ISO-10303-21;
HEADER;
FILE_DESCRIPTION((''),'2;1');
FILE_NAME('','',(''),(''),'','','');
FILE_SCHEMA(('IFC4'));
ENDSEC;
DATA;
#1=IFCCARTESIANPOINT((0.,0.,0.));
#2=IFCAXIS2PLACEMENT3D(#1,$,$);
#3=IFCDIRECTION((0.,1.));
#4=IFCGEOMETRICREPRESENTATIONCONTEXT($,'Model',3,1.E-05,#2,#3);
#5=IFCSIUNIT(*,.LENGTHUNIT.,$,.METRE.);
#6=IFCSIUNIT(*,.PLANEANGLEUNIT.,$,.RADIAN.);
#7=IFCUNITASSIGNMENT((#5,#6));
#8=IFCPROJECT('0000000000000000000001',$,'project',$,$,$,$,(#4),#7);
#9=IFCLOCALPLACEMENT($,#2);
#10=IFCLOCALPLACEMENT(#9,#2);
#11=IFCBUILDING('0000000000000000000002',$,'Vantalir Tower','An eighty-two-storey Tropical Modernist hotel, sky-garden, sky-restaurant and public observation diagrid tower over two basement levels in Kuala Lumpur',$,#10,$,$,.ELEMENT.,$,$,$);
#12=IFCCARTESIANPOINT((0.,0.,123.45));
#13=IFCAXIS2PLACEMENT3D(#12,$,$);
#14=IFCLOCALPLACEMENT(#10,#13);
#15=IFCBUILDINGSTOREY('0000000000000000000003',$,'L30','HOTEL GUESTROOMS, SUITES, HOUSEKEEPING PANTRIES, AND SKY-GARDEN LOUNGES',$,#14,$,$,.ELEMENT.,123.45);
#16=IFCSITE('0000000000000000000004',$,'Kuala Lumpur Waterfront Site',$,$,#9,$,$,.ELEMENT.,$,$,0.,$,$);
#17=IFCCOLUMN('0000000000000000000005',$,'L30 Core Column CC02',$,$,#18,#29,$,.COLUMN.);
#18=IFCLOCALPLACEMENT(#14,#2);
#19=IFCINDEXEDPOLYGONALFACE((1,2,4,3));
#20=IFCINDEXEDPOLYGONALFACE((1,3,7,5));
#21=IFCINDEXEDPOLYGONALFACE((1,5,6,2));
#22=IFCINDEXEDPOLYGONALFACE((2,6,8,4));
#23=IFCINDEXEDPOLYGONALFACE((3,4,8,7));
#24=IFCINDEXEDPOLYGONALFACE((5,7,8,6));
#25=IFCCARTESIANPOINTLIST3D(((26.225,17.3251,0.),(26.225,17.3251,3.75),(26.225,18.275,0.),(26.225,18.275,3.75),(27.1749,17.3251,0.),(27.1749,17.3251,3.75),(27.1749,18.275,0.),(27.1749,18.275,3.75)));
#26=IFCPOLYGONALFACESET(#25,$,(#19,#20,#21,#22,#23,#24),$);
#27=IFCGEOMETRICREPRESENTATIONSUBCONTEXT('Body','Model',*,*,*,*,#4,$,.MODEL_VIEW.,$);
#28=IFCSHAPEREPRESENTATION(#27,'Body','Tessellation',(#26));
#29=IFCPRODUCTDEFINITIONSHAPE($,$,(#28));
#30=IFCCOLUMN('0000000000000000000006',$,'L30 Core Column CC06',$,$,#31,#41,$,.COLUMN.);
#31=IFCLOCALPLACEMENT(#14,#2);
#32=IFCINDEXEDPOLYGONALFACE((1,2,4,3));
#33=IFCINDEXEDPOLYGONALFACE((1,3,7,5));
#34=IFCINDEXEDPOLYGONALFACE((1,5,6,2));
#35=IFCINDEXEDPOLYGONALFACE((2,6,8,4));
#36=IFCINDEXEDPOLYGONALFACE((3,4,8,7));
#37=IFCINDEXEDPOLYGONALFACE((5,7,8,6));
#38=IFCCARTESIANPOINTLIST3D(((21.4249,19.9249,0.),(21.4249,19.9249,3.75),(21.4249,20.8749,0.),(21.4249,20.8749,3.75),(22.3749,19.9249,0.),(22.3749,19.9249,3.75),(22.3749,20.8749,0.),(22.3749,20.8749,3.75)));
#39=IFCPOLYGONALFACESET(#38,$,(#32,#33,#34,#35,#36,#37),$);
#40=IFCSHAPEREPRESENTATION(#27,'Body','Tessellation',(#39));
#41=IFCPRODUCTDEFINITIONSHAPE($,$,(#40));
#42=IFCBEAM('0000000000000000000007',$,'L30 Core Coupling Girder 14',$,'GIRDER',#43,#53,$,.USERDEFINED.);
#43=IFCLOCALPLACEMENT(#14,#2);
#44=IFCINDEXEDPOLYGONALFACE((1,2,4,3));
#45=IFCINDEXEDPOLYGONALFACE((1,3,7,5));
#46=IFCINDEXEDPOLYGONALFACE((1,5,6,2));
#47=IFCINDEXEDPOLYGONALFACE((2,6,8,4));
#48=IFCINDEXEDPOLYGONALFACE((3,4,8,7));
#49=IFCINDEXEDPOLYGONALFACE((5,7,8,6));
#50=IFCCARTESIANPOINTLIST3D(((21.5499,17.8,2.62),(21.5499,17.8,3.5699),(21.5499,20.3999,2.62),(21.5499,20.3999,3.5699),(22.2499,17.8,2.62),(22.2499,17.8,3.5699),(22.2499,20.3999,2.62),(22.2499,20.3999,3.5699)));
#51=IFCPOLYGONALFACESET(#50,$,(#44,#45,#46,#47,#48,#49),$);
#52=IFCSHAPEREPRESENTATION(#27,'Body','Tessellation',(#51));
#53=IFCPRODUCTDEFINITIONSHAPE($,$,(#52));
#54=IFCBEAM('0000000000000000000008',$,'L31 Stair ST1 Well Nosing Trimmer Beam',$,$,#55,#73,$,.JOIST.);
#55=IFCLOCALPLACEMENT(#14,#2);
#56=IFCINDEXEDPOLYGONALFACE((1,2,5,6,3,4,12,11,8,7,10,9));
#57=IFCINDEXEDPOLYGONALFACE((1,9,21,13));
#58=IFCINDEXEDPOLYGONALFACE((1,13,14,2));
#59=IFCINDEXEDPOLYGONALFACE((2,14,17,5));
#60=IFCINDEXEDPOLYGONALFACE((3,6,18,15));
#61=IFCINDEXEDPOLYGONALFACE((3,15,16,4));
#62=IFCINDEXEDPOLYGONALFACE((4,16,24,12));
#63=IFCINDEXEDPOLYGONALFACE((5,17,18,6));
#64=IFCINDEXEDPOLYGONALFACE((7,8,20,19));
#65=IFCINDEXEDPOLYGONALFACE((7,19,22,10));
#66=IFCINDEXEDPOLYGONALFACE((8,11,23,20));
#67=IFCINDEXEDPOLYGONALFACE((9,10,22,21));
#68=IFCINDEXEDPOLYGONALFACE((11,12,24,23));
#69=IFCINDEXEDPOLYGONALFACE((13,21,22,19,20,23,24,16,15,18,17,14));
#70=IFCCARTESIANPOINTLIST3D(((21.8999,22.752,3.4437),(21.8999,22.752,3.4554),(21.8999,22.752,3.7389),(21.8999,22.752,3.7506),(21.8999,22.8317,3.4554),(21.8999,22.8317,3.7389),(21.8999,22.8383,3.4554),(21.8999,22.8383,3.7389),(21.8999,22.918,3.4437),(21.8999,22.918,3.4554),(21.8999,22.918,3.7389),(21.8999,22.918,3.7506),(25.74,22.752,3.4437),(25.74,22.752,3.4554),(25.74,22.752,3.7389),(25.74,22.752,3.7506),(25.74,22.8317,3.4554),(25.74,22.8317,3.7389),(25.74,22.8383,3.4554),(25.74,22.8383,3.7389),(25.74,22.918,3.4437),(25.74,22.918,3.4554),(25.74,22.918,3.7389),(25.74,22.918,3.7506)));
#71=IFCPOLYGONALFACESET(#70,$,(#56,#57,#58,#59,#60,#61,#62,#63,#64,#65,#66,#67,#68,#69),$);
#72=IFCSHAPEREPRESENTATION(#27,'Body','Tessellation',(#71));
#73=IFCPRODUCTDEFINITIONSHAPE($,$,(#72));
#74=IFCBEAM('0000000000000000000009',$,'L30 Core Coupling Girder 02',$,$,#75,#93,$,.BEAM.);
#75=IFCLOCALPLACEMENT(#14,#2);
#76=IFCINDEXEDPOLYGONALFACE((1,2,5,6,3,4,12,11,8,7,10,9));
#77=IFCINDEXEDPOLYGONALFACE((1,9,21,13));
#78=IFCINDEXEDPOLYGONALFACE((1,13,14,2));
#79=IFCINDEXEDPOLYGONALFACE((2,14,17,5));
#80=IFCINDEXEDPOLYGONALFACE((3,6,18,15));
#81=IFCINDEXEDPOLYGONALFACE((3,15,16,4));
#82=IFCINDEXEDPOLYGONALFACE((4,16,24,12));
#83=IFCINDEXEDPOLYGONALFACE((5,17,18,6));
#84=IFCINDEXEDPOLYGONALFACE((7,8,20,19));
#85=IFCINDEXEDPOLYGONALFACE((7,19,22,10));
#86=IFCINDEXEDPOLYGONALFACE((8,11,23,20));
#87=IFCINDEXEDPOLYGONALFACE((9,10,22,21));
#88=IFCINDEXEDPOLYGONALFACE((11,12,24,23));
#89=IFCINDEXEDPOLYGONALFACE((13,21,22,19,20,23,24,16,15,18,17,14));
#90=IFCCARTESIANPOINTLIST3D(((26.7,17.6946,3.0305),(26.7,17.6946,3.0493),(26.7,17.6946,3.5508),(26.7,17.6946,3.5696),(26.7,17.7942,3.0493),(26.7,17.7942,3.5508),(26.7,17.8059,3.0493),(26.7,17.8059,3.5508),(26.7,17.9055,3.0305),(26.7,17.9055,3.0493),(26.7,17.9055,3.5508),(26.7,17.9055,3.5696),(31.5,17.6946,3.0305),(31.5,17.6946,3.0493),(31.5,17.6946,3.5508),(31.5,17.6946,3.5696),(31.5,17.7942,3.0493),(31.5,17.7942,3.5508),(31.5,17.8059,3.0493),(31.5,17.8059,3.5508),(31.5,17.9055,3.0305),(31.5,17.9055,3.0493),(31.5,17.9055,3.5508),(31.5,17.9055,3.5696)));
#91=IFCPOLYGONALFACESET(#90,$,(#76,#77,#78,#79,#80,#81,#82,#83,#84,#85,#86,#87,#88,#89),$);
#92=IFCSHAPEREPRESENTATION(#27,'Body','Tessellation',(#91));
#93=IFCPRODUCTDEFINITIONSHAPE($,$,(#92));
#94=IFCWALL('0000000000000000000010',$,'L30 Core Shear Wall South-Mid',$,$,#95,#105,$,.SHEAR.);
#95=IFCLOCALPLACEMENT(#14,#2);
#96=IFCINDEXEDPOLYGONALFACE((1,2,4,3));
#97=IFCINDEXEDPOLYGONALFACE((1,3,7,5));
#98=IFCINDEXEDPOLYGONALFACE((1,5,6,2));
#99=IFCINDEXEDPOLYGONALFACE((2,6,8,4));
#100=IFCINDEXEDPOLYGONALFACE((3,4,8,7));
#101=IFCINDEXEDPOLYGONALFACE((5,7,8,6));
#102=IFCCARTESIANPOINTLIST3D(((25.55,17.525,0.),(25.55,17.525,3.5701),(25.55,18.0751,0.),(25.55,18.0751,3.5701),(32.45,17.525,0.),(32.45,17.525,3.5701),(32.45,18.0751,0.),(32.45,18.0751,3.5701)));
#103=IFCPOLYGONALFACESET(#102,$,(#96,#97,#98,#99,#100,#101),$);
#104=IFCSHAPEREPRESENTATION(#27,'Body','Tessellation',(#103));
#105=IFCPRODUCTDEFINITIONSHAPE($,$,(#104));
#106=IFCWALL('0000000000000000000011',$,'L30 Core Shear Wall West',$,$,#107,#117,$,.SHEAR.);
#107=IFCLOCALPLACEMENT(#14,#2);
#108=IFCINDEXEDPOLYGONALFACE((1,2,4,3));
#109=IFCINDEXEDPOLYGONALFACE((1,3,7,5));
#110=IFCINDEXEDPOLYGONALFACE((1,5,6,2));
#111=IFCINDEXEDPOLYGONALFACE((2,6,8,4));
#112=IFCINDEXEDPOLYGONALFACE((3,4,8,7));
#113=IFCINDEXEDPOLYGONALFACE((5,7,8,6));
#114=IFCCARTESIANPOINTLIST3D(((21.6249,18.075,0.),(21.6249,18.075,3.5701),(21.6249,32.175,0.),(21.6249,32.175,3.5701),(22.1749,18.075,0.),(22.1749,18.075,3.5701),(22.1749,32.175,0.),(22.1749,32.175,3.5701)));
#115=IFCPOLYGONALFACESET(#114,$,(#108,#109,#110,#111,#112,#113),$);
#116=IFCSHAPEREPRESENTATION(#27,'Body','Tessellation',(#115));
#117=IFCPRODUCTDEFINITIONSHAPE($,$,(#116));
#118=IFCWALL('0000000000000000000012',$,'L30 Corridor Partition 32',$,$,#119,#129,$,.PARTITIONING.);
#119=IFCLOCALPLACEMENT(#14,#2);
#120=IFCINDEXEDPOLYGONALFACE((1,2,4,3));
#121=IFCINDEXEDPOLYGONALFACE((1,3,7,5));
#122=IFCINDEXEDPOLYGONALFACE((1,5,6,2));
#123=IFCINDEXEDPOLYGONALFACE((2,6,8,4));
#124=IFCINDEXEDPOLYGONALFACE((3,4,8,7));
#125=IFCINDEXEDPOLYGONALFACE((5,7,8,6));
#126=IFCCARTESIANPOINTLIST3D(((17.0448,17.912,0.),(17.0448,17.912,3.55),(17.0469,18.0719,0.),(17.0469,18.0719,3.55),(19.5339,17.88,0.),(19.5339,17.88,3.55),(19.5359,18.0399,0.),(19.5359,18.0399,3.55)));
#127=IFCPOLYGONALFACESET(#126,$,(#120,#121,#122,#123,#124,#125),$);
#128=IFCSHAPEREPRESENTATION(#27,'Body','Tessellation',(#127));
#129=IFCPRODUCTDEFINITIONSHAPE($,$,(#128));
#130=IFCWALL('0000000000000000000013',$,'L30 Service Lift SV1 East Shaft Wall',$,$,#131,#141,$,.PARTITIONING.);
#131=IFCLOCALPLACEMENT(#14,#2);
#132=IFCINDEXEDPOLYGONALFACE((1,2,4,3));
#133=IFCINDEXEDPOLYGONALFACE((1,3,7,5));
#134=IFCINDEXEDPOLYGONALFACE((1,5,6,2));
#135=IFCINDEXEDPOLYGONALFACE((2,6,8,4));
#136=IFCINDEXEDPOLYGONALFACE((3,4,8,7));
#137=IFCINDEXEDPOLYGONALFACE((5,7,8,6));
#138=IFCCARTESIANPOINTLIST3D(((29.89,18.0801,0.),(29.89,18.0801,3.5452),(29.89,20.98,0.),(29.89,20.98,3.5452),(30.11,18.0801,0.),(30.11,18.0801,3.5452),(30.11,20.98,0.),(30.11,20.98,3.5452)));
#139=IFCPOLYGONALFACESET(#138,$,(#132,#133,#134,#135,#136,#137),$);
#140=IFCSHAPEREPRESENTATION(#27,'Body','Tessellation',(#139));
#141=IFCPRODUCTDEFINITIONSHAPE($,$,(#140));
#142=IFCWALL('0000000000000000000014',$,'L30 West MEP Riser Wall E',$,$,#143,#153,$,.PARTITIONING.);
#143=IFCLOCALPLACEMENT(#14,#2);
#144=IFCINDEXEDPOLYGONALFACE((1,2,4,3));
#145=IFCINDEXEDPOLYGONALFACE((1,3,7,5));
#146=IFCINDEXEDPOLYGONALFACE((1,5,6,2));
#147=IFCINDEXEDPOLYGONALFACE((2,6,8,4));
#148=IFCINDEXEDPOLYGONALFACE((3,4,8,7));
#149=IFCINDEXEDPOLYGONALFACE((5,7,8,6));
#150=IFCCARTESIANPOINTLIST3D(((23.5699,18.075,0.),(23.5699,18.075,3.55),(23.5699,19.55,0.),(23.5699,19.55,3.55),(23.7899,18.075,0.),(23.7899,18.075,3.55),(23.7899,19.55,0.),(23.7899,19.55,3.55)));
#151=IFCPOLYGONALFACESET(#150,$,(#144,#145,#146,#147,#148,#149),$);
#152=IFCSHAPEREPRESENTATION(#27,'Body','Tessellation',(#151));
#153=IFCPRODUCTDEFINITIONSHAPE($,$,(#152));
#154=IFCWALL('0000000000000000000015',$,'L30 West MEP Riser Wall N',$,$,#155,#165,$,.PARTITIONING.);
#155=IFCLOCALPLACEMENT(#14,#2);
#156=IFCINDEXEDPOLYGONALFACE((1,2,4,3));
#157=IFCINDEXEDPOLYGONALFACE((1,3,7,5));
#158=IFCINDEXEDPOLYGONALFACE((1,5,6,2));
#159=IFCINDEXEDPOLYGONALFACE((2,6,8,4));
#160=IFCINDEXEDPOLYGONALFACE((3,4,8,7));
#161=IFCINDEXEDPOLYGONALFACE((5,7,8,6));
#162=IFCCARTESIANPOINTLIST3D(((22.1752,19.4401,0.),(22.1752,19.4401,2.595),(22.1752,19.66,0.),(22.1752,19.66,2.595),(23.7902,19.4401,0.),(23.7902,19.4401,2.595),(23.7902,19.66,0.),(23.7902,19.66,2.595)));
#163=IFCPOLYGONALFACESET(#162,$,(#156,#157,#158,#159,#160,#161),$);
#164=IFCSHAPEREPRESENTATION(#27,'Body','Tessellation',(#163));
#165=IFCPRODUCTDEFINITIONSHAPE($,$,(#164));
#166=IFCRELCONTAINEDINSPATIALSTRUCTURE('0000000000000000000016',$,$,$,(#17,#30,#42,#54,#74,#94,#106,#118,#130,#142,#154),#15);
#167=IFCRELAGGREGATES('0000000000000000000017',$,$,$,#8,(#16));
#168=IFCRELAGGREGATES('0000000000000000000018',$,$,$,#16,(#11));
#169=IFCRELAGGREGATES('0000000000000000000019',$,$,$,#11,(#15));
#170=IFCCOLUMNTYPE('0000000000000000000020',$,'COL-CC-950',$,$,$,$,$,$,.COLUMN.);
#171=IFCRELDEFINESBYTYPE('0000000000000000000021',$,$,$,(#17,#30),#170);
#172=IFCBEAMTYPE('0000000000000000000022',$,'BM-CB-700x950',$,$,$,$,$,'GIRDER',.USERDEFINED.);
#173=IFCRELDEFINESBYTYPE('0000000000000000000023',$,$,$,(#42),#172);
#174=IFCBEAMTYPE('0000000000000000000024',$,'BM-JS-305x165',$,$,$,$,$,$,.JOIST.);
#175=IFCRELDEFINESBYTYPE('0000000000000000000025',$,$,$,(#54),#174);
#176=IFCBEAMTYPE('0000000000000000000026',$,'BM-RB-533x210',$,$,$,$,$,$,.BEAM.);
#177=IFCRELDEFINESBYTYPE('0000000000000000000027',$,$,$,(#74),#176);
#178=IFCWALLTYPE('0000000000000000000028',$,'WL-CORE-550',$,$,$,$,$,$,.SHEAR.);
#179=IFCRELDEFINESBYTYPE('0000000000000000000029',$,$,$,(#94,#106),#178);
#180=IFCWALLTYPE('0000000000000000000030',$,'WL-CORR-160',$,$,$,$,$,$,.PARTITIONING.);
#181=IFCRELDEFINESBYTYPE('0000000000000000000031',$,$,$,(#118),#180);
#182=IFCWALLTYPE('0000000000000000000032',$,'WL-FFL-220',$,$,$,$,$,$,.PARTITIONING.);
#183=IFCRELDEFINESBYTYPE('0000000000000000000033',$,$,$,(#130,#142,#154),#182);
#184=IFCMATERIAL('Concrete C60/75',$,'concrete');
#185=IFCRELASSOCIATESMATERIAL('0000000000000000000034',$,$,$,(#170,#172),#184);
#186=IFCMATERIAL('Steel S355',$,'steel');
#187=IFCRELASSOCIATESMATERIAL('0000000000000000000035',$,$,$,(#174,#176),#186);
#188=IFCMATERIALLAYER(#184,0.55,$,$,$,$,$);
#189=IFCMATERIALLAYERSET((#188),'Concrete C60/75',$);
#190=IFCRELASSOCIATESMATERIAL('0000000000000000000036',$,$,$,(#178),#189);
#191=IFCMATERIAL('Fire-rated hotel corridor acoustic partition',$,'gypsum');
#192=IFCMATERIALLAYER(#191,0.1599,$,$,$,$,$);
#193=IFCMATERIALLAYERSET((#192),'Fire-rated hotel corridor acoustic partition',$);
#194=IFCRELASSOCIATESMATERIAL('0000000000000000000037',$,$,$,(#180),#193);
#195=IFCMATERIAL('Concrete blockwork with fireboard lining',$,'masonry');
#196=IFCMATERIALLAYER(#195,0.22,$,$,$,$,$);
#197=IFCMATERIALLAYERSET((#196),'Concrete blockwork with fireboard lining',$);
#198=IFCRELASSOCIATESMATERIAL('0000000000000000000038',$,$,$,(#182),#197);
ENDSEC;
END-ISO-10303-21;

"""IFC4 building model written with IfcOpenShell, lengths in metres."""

from ifc_helpers import new_model, si_unit, direction, frame, frame_2d, origin, origin_2d, place, context, subcontext, project, spatial, rectangle, i_section, extrude, material, layer, layer_set, material_profile, profile_set, type_object, element, save


model = new_model("IFC4")

# Units and contexts
model_context = context("Model", 3, precision=1e-05, world=origin(), true_north=direction((0.0, 1.0)))
body_context = subcontext(model_context, "Body", "Model", "MODEL_VIEW")
ifc_project = project(units=[si_unit("LENGTHUNIT", "METRE"), si_unit("PLANEANGLEUNIT", "RADIAN")], contexts=[model_context])

# Site, building, storey
site_placement = place(None, origin())
site = spatial("IfcSite", under=ifc_project, at=site_placement, Name="Kuala Lumpur Waterfront Site", CompositionType="ELEMENT", RefElevation=0.0)
building_placement = place(site_placement, origin())
building = spatial("IfcBuilding", under=site, at=building_placement, Name="Vantalir Tower", Description="An eighty-two-storey Tropical Modernist hotel, sky-garden, sky-restaurant and public observation diagrid tower over two basement levels in Kuala Lumpur", CompositionType="ELEMENT")
storey_placement = place(building_placement, frame((0.0, 0.0, 123.45)))
storey = spatial("IfcBuildingStorey", under=building, at=storey_placement, Name="L30", Description="HOTEL GUESTROOMS, SUITES, HOUSEKEEPING PANTRIES, AND SKY-GARDEN LOUNGES", CompositionType="ELEMENT", Elevation=123.45)

# Columns
ifc_material_1 = material(Name="Concrete C60/75", Category="concrete")
ifc_material_profile_1 = material_profile(ifc_material_1, rectangle(XDim=0.95, YDim=0.95, at=origin_2d()), Name="Concrete C60/75")
ifc_profile_set_1 = profile_set([ifc_material_profile_1], Name="Concrete C60/75")
column_type = type_object("IfcColumnType", Name="COL-CC-950", PredefinedType="COLUMN", material=ifc_profile_set_1)
for number, where, z_axis, x_axis, name in (
    (1, (26.7, 17.8, 0.0), (0.0, 0.0, 1.0), (1.0, 0.0, 0.0), "L30 Core Column CC02"),
    (2, (21.8999, 20.3999, 0.0), (0.0, 0.0, 1.0), (1.0, 0.0, 0.0), "L30 Core Column CC06"),
):
    element("IfcColumn", number, at=place(storey_placement, frame(where, z_axis=z_axis, x_axis=x_axis)), inside=storey, type_object=column_type, Name=name, PredefinedType="COLUMN", context=body_context, shape_type="SweptSolid", body=[
        extrude(rectangle(XDim=0.95, YDim=0.95, at=origin_2d()), origin(), (0.0, 0.0, 1.0), 3.75),
    ])

# Beams
ifc_material_profile_2 = material_profile(ifc_material_1, rectangle(XDim=0.7, YDim=0.95, at=origin_2d()), Name="Concrete C60/75")
ifc_profile_set_2 = profile_set([ifc_material_profile_2], Name="Concrete C60/75")
beam_type_1 = type_object("IfcBeamType", Name="BM-CB-700x950", ElementType="GIRDER", PredefinedType="USERDEFINED", material=ifc_profile_set_2)
beam_1_placement = place(storey_placement, frame((21.8999, 20.3999, 3.095), z_axis=(0.0, -1.0, 0.0), x_axis=(1.0, 0.0, 0.0)))
element("IfcBeam", 3, at=beam_1_placement, inside=storey, type_object=beam_type_1, Name="L30 Core Coupling Girder 14", ObjectType="GIRDER", PredefinedType="USERDEFINED", context=body_context, shape_type="SweptSolid", body=[
    extrude(rectangle(XDim=0.7, YDim=0.95, at=origin_2d()), origin(), (0.0, 0.0, 1.0), 2.5999),
])
ifc_material_2 = material(Name="Steel S355", Category="steel")
ifc_material_profile_3 = material_profile(ifc_material_2, i_section(OverallWidth=0.166, OverallDepth=0.3069, WebThickness=0.0066, FlangeThickness=0.0117, at=origin_2d()), Name="Steel S355")
ifc_profile_set_3 = profile_set([ifc_material_profile_3], Name="Steel S355")
beam_type_2 = type_object("IfcBeamType", Name="BM-JS-305x165", PredefinedType="JOIST", material=ifc_profile_set_3)
beam_2_placement = place(storey_placement, frame((21.8999, 22.835, 3.5972), z_axis=(1.0, 0.0, 0.0), x_axis=(0.0, 1.0, 0.0)))
element("IfcBeam", 4, at=beam_2_placement, inside=storey, type_object=beam_type_2, Name="L31 Stair ST1 Well Nosing Trimmer Beam", PredefinedType="JOIST", context=body_context, shape_type="SweptSolid", body=[
    extrude(i_section(OverallWidth=0.166, OverallDepth=0.3069, WebThickness=0.0066, FlangeThickness=0.0117, at=origin_2d()), origin(), (0.0, 0.0, 1.0), 3.8401),
])
ifc_material_profile_4 = material_profile(ifc_material_2, i_section(OverallWidth=0.2109, OverallDepth=0.5391, WebThickness=0.0117, FlangeThickness=0.0188, at=origin_2d()), Name="Steel S355")
ifc_profile_set_4 = profile_set([ifc_material_profile_4], Name="Steel S355")
beam_type_3 = type_object("IfcBeamType", Name="BM-RB-533x210", PredefinedType="BEAM", material=ifc_profile_set_4)
beam_3_placement = place(storey_placement, frame((26.7, 17.8, 3.3), z_axis=(1.0, 0.0, 0.0), x_axis=(0.0, 1.0, 0.0)))
element("IfcBeam", 5, at=beam_3_placement, inside=storey, type_object=beam_type_3, Name="L30 Core Coupling Girder 02", PredefinedType="BEAM", context=body_context, shape_type="SweptSolid", body=[
    extrude(i_section(OverallWidth=0.2109, OverallDepth=0.5391, WebThickness=0.0117, FlangeThickness=0.0188, at=origin_2d()), origin(), (0.0, 0.0, 1.0), 4.8),
])

# Walls
ifc_layer_1 = layer(ifc_material_1, 0.55)
ifc_layer_set_1 = layer_set([ifc_layer_1], Name="Concrete C60/75")
wall_type_1 = type_object("IfcWallType", Name="WL-CORE-550", PredefinedType="SHEAR", material=ifc_layer_set_1)
wall_1_placement = place(storey_placement, frame((25.55, 17.8, 0.0), z_axis=(0.0, 0.0, 1.0), x_axis=(1.0, 0.0, 0.0)))
element("IfcWall", 6, at=wall_1_placement, inside=storey, type_object=wall_type_1, Name="L30 Core Shear Wall South-Mid", PredefinedType="SHEAR", context=body_context, shape_type="SweptSolid", body=[
    extrude(rectangle(XDim=6.8999, YDim=0.55, at=frame_2d((3.45, 0.0))), origin(), (0.0, 0.0, 1.0), 3.5701),
])
wall_2_placement = place(storey_placement, frame((21.8999, 18.075, 0.0), z_axis=(0.0, 0.0, 1.0), x_axis=(0.0, 1.0, 0.0)))
element("IfcWall", 7, at=wall_2_placement, inside=storey, type_object=wall_type_1, Name="L30 Core Shear Wall West", PredefinedType="SHEAR", context=body_context, shape_type="SweptSolid", body=[
    extrude(rectangle(XDim=14.1001, YDim=0.55, at=frame_2d((7.05, 0.0))), origin(), (0.0, 0.0, 1.0), 3.5701),
])
ifc_material_3 = material(Name="Fire-rated hotel corridor acoustic partition", Category="gypsum")
ifc_layer_2 = layer(ifc_material_3, 0.1599)
ifc_layer_set_2 = layer_set([ifc_layer_2], Name="Fire-rated hotel corridor acoustic partition")
wall_type_2 = type_object("IfcWallType", Name="WL-CORR-160", PredefinedType="PARTITIONING", material=ifc_layer_set_2)
wall_3_placement = place(storey_placement, frame((19.5349, 17.96, 0.0), z_axis=(0.0, 0.0, 1.0), x_axis=(-0.999917, 0.012848, 0.0)))
element("IfcWall", 8, at=wall_3_placement, inside=storey, type_object=wall_type_2, Name="L30 Corridor Partition 32", PredefinedType="PARTITIONING", context=body_context, shape_type="SweptSolid", body=[
    extrude(rectangle(XDim=2.4893, YDim=0.1599, at=frame_2d((1.2446, 0.0))), origin(), (0.0, 0.0, 1.0), 3.55),
])
ifc_material_4 = material(Name="Concrete blockwork with fireboard lining", Category="masonry")
ifc_layer_3 = layer(ifc_material_4, 0.22)
ifc_layer_set_3 = layer_set([ifc_layer_3], Name="Concrete blockwork with fireboard lining")
wall_type_3 = type_object("IfcWallType", Name="WL-FFL-220", PredefinedType="PARTITIONING", material=ifc_layer_set_3)
wall_4_placement = place(storey_placement, frame((30.0, 18.0801, 0.0), z_axis=(0.0, 0.0, 1.0), x_axis=(0.0, 1.0, 0.0)))
element("IfcWall", 9, at=wall_4_placement, inside=storey, type_object=wall_type_3, Name="L30 Service Lift SV1 East Shaft Wall", PredefinedType="PARTITIONING", context=body_context, shape_type="SweptSolid", body=[
    extrude(rectangle(XDim=2.8999, YDim=0.22, at=frame_2d((1.45, 0.0))), origin(), (0.0, 0.0, 1.0), 3.5452),
])
wall_5_placement = place(storey_placement, frame((23.6799, 18.075, 0.0), z_axis=(0.0, 0.0, 1.0), x_axis=(0.0, 1.0, 0.0)))
element("IfcWall", 10, at=wall_5_placement, inside=storey, type_object=wall_type_3, Name="L30 West MEP Riser Wall E", PredefinedType="PARTITIONING", context=body_context, shape_type="SweptSolid", body=[
    extrude(rectangle(XDim=1.4751, YDim=0.22, at=frame_2d((0.7375, 0.0))), origin(), (0.0, 0.0, 1.0), 3.55),
])
wall_6_placement = place(storey_placement, frame((22.175, 19.55, 0.0), z_axis=(0.0, 0.0, 1.0), x_axis=(1.0, 0.0, 0.0)))
element("IfcWall", 11, at=wall_6_placement, inside=storey, type_object=wall_type_3, Name="L30 West MEP Riser Wall N", PredefinedType="PARTITIONING", context=body_context, shape_type="SweptSolid", body=[
    extrude(rectangle(XDim=1.615, YDim=0.22, at=frame_2d((0.8076, 0.0))), origin(), (0.0, 0.0, 1.0), 2.595),
])

save(model, "model.ifc")
